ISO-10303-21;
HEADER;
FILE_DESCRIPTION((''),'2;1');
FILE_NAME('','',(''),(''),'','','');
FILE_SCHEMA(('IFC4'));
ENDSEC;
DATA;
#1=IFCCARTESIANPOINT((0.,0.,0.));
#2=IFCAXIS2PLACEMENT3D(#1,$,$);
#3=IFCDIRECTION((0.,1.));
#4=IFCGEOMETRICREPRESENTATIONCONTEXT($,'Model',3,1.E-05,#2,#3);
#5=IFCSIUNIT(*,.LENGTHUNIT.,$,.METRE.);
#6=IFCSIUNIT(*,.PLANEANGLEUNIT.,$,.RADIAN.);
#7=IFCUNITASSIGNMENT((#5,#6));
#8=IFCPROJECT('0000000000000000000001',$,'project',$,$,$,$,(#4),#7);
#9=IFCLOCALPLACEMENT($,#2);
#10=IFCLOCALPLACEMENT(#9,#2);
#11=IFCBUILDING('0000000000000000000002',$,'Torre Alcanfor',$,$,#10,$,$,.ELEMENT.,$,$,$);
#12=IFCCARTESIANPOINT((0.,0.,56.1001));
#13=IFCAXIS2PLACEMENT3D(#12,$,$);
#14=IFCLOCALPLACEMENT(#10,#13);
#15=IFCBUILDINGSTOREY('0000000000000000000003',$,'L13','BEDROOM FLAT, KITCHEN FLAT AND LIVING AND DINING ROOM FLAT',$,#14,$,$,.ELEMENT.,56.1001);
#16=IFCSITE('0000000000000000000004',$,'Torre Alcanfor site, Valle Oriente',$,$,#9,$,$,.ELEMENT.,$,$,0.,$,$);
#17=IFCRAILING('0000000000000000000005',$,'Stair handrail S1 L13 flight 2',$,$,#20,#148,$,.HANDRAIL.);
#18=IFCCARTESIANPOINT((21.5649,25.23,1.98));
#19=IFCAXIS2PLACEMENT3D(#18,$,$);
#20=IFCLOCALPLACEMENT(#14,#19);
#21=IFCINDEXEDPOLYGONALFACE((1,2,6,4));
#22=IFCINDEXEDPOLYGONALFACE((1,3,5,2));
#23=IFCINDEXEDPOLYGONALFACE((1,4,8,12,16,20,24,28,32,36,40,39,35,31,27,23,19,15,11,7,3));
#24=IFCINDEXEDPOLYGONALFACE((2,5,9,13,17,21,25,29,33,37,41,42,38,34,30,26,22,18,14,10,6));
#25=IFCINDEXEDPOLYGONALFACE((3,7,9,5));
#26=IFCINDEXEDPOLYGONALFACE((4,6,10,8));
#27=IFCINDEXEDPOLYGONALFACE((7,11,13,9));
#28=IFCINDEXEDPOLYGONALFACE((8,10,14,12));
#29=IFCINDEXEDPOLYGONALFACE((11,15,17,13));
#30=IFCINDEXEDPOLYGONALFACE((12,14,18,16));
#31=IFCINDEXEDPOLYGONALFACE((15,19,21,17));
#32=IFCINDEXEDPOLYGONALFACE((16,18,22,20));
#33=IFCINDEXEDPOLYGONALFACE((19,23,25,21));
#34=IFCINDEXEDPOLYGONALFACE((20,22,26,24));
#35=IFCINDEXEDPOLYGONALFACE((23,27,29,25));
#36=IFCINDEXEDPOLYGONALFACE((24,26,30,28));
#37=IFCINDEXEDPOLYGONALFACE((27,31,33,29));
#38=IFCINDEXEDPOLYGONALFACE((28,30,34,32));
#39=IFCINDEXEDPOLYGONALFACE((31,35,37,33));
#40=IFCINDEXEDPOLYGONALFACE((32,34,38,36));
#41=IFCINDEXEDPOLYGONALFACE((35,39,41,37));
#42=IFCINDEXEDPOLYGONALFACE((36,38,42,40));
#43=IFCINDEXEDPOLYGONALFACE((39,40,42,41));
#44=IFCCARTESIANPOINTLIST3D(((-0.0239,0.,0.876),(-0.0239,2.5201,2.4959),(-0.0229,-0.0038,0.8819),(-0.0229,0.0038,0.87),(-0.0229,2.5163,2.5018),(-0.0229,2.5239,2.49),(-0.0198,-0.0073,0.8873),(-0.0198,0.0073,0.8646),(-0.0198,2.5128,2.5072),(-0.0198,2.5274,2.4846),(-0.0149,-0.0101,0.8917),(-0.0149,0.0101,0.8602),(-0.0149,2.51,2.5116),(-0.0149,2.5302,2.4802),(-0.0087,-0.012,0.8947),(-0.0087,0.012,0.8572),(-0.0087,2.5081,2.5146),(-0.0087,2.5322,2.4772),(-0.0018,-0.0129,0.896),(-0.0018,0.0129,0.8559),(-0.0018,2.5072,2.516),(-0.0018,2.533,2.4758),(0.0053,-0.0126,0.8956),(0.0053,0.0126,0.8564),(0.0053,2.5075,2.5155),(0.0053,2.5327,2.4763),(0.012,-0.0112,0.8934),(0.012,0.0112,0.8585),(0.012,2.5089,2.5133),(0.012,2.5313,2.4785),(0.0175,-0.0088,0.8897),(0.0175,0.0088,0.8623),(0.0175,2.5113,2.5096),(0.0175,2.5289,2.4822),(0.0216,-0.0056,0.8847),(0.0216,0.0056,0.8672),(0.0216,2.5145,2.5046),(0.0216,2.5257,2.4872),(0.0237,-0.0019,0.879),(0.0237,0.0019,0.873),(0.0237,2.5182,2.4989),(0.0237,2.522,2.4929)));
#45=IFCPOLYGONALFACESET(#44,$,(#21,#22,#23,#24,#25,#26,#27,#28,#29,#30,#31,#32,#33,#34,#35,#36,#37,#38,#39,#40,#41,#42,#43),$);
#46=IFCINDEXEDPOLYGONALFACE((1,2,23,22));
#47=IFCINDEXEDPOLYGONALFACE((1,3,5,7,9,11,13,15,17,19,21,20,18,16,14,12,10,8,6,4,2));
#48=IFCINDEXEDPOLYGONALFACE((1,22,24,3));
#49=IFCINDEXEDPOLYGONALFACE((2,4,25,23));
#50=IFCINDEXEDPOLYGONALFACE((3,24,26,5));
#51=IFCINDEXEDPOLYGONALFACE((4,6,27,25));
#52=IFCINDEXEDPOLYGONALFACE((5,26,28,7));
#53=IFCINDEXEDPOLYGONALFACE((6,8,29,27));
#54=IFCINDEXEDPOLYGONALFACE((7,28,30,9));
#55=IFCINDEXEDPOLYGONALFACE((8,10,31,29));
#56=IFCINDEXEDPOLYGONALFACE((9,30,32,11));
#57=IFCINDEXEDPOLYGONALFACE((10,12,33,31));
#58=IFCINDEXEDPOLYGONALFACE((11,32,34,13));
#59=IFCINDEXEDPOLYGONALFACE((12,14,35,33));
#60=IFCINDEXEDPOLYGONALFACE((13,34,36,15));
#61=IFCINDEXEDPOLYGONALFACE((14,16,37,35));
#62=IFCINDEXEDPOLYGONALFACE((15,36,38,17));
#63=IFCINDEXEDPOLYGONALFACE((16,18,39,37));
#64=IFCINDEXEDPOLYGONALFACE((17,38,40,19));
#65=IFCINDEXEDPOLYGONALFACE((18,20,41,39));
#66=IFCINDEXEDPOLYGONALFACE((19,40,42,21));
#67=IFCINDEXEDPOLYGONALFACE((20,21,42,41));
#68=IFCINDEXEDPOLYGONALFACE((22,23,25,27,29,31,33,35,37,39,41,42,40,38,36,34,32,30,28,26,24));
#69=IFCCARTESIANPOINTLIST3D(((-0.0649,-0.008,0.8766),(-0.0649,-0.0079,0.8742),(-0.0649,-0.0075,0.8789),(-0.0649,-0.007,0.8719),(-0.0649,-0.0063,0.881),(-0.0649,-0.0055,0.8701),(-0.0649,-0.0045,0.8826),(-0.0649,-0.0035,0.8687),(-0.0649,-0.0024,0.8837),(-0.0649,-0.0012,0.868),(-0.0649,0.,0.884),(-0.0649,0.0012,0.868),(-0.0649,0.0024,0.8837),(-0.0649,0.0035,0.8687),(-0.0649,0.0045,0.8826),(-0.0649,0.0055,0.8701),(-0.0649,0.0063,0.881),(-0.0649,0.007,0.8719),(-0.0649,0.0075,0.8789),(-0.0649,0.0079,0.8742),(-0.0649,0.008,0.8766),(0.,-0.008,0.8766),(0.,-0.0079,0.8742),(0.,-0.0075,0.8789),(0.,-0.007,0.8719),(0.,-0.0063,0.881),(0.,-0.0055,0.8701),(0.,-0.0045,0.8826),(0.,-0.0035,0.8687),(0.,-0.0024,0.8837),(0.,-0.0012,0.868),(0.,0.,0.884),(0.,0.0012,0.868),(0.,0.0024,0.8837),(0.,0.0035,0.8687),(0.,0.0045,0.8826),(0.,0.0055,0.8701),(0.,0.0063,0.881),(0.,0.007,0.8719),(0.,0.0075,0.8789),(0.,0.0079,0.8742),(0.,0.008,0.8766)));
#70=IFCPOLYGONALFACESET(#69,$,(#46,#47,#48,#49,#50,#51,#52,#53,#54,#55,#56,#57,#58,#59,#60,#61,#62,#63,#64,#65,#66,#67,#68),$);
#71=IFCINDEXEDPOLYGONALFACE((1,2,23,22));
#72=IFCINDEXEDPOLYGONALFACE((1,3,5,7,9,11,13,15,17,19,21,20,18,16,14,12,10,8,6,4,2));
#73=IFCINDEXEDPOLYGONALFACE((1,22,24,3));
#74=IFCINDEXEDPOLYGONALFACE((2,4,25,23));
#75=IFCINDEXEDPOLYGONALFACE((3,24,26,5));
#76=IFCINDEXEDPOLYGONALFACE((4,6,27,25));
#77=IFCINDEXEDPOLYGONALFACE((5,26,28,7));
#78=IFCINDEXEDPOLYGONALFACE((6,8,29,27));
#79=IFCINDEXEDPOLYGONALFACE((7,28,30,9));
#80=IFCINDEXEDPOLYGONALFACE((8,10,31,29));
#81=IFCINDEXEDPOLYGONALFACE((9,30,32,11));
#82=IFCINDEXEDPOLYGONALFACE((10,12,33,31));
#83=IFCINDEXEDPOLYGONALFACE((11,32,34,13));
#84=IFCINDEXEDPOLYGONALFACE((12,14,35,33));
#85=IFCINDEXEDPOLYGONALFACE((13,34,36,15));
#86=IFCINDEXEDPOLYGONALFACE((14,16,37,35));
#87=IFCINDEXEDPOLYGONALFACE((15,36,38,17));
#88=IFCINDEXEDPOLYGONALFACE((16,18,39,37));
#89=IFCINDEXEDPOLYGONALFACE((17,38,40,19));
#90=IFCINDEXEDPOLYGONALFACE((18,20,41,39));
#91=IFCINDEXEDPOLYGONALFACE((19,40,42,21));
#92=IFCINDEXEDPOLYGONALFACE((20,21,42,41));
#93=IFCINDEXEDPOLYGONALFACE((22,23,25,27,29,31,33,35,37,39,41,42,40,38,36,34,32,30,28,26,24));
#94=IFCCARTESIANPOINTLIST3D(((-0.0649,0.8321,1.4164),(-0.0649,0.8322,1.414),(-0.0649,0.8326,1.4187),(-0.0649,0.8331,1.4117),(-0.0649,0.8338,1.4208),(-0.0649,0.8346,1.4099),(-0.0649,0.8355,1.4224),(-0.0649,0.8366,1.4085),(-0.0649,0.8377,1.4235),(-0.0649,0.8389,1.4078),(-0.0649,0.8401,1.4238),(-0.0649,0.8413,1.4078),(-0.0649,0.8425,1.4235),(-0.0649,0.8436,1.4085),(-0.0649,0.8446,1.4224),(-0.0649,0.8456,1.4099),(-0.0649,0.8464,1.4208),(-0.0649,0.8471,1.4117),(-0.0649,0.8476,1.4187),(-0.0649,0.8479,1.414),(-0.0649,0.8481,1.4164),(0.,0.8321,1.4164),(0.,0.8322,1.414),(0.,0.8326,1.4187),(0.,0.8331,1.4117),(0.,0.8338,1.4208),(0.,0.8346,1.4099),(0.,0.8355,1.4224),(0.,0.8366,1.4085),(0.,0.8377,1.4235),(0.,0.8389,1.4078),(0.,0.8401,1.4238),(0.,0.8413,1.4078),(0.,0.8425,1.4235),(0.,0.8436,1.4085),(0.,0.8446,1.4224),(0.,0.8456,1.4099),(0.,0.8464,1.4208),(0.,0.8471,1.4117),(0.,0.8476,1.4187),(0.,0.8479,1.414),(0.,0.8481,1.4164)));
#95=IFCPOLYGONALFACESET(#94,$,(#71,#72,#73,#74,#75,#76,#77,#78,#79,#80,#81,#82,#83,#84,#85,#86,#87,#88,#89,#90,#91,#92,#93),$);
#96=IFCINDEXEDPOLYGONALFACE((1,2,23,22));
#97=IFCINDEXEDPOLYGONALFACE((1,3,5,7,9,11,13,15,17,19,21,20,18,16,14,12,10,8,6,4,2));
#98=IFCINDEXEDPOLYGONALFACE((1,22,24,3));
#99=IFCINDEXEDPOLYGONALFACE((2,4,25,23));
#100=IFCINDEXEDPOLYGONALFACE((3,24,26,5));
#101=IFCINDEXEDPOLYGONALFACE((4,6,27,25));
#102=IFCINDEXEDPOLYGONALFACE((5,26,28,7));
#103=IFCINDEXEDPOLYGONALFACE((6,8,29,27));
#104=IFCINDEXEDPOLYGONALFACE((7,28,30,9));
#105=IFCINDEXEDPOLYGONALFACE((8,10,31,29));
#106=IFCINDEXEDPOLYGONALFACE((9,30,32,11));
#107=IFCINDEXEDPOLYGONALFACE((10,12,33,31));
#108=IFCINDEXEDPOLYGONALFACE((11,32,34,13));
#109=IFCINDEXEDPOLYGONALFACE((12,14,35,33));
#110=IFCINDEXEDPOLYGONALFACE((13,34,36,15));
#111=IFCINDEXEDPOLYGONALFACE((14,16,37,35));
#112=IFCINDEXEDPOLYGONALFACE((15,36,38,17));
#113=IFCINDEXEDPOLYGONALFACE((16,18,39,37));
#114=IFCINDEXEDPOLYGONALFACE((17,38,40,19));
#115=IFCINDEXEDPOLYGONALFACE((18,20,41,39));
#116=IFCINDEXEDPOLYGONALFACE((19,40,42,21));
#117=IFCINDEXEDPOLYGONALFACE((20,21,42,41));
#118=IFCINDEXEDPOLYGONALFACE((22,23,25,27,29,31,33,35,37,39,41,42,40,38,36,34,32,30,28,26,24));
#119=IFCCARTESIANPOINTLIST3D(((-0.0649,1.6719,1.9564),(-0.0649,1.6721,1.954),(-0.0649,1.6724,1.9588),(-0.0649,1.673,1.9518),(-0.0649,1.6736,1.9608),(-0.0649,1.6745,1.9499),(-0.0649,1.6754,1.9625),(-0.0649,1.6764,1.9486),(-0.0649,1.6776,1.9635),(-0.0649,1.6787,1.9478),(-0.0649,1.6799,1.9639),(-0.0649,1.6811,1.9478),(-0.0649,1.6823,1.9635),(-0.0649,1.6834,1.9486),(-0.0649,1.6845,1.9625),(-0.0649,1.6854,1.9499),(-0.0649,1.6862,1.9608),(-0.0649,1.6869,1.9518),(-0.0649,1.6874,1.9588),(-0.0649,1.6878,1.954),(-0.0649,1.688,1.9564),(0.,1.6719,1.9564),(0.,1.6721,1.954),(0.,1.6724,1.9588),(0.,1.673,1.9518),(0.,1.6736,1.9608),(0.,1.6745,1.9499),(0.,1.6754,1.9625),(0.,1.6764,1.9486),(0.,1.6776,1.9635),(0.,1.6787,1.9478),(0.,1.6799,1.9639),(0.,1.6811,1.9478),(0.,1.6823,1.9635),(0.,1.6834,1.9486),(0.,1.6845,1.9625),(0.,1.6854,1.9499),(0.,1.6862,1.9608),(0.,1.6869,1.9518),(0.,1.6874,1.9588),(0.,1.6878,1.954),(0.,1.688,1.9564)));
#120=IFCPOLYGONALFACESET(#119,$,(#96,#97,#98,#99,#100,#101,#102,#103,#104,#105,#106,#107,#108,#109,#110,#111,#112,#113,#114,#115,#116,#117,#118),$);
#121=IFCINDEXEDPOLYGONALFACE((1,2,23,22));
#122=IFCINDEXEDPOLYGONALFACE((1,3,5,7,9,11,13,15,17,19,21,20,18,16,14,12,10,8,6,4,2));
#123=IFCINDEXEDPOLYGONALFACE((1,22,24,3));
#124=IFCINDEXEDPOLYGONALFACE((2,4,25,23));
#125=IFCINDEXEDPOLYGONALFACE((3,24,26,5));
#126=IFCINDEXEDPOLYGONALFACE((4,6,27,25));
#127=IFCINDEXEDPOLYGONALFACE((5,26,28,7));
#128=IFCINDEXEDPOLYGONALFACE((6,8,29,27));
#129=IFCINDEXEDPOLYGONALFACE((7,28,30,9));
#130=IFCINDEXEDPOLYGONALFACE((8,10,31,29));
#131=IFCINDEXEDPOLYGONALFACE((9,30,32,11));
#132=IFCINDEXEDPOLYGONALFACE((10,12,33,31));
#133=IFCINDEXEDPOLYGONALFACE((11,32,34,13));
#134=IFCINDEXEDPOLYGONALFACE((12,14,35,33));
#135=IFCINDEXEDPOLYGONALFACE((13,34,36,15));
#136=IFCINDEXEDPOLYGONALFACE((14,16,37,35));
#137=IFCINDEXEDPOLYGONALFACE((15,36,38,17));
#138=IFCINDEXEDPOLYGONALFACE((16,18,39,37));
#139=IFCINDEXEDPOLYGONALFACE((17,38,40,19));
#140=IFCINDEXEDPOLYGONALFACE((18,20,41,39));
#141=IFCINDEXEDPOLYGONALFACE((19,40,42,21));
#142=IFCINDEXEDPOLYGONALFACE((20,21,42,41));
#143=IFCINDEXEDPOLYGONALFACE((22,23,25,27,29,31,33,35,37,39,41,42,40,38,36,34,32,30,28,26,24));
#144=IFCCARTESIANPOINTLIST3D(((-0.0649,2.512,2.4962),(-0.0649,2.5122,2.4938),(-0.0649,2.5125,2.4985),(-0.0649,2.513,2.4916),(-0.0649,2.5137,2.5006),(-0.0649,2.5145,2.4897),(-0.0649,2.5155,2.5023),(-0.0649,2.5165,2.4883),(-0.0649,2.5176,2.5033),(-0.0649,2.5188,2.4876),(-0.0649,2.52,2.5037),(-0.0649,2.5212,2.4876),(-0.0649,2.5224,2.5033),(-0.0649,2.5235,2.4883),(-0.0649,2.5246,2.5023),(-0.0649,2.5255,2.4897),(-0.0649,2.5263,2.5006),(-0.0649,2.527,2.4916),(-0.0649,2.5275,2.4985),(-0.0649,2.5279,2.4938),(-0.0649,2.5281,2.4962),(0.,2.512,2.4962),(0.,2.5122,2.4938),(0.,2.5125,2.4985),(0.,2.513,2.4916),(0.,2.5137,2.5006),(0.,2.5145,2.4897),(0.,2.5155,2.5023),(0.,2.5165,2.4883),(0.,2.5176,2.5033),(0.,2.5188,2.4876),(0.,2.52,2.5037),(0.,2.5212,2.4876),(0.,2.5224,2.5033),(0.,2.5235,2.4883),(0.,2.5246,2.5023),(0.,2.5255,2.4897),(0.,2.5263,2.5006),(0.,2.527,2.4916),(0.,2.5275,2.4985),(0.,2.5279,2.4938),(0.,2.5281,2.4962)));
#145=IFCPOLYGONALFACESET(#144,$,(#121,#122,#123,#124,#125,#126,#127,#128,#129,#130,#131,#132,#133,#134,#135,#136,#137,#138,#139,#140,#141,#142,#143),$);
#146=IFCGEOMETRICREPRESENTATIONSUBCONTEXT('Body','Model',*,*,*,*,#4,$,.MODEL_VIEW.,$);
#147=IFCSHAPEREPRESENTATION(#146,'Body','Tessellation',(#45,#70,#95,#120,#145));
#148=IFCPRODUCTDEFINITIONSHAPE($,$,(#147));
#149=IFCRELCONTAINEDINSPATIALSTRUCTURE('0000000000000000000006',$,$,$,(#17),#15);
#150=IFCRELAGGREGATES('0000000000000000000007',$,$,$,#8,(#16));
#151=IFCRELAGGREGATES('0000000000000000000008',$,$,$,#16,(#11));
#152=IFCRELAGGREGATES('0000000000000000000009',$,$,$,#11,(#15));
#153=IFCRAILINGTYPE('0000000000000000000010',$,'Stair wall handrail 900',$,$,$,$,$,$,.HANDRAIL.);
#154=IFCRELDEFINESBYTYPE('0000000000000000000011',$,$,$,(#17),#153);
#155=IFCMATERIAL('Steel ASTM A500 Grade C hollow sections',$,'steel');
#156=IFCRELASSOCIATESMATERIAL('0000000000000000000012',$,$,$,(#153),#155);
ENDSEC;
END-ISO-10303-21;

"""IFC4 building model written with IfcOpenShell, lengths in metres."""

from ifc_helpers import new_model, si_unit, direction, frame, origin, origin_2d, place, context, subcontext, project, spatial, circle, extrude, material, type_object, element, save


model = new_model("IFC4")

# Units and contexts
model_context = context("Model", 3, precision=1e-05, world=origin(), true_north=direction((0.0, 1.0)))
body_context = subcontext(model_context, "Body", "Model", "MODEL_VIEW")
ifc_project = project(units=[si_unit("LENGTHUNIT", "METRE"), si_unit("PLANEANGLEUNIT", "RADIAN")], contexts=[model_context])

# Site, building, storey
site_placement = place(None, origin())
site = spatial("IfcSite", under=ifc_project, at=site_placement, Name="Torre Alcanfor site, Valle Oriente", CompositionType="ELEMENT", RefElevation=0.0)
building_placement = place(site_placement, origin())
building = spatial("IfcBuilding", under=site, at=building_placement, Name="Torre Alcanfor", CompositionType="ELEMENT")
storey_placement = place(building_placement, frame((0.0, 0.0, 56.1001)))
storey = spatial("IfcBuildingStorey", under=building, at=storey_placement, Name="L13", Description="BEDROOM FLAT, KITCHEN FLAT AND LIVING AND DINING ROOM FLAT", CompositionType="ELEMENT", Elevation=56.1001)

# Railing
ifc_material_1 = material(Name="Steel ASTM A500 Grade C hollow sections", Category="steel")
railing_type_1 = type_object("IfcRailingType", Name="Stair wall handrail 900", PredefinedType="HANDRAIL", material=ifc_material_1)
railing_1_placement = place(storey_placement, frame((21.5649, 25.23, 1.98)))
element("IfcRailing", 1, at=railing_1_placement, inside=storey, type_object=railing_type_1, Name="Stair handrail S1 L13 flight 2", PredefinedType="HANDRAIL", context=body_context, shape_type="SweptSolid", body=[
    extrude(circle(Radius=0.0239, at=origin_2d()), frame((0.0, 0.0, 0.876), z_axis=(0.0, 0.8412, 0.540725), x_axis=(-1.0, 0.0, 0.0)), (0.0, 0.0, 1.0), 2.9958),
    extrude(circle(Radius=0.0081, at=origin_2d()), frame((0.0, 0.0, 0.876), z_axis=(-1.0, 0.0, 0.0), x_axis=(0.0, 0.0, 1.0)), (0.0, 0.0, 1.0), 0.0649),
    extrude(circle(Radius=0.0081, at=origin_2d()), frame((0.0, 0.8401, 1.4158), z_axis=(-1.0, 0.0, 0.0), x_axis=(0.0, 0.0, 1.0)), (0.0, 0.0, 1.0), 0.0649),
    extrude(circle(Radius=0.0081, at=origin_2d()), frame((0.0, 1.6799, 1.9558), z_axis=(-1.0, 0.0, 0.0), x_axis=(0.0, 0.0, 1.0)), (0.0, 0.0, 1.0), 0.0649),
    extrude(circle(Radius=0.0081, at=origin_2d()), frame((0.0, 2.52, 2.4956), z_axis=(-1.0, 0.0, 0.0), x_axis=(0.0, 0.0, 1.0)), (0.0, 0.0, 1.0), 0.0649),
])

save(model, "model.ifc")
